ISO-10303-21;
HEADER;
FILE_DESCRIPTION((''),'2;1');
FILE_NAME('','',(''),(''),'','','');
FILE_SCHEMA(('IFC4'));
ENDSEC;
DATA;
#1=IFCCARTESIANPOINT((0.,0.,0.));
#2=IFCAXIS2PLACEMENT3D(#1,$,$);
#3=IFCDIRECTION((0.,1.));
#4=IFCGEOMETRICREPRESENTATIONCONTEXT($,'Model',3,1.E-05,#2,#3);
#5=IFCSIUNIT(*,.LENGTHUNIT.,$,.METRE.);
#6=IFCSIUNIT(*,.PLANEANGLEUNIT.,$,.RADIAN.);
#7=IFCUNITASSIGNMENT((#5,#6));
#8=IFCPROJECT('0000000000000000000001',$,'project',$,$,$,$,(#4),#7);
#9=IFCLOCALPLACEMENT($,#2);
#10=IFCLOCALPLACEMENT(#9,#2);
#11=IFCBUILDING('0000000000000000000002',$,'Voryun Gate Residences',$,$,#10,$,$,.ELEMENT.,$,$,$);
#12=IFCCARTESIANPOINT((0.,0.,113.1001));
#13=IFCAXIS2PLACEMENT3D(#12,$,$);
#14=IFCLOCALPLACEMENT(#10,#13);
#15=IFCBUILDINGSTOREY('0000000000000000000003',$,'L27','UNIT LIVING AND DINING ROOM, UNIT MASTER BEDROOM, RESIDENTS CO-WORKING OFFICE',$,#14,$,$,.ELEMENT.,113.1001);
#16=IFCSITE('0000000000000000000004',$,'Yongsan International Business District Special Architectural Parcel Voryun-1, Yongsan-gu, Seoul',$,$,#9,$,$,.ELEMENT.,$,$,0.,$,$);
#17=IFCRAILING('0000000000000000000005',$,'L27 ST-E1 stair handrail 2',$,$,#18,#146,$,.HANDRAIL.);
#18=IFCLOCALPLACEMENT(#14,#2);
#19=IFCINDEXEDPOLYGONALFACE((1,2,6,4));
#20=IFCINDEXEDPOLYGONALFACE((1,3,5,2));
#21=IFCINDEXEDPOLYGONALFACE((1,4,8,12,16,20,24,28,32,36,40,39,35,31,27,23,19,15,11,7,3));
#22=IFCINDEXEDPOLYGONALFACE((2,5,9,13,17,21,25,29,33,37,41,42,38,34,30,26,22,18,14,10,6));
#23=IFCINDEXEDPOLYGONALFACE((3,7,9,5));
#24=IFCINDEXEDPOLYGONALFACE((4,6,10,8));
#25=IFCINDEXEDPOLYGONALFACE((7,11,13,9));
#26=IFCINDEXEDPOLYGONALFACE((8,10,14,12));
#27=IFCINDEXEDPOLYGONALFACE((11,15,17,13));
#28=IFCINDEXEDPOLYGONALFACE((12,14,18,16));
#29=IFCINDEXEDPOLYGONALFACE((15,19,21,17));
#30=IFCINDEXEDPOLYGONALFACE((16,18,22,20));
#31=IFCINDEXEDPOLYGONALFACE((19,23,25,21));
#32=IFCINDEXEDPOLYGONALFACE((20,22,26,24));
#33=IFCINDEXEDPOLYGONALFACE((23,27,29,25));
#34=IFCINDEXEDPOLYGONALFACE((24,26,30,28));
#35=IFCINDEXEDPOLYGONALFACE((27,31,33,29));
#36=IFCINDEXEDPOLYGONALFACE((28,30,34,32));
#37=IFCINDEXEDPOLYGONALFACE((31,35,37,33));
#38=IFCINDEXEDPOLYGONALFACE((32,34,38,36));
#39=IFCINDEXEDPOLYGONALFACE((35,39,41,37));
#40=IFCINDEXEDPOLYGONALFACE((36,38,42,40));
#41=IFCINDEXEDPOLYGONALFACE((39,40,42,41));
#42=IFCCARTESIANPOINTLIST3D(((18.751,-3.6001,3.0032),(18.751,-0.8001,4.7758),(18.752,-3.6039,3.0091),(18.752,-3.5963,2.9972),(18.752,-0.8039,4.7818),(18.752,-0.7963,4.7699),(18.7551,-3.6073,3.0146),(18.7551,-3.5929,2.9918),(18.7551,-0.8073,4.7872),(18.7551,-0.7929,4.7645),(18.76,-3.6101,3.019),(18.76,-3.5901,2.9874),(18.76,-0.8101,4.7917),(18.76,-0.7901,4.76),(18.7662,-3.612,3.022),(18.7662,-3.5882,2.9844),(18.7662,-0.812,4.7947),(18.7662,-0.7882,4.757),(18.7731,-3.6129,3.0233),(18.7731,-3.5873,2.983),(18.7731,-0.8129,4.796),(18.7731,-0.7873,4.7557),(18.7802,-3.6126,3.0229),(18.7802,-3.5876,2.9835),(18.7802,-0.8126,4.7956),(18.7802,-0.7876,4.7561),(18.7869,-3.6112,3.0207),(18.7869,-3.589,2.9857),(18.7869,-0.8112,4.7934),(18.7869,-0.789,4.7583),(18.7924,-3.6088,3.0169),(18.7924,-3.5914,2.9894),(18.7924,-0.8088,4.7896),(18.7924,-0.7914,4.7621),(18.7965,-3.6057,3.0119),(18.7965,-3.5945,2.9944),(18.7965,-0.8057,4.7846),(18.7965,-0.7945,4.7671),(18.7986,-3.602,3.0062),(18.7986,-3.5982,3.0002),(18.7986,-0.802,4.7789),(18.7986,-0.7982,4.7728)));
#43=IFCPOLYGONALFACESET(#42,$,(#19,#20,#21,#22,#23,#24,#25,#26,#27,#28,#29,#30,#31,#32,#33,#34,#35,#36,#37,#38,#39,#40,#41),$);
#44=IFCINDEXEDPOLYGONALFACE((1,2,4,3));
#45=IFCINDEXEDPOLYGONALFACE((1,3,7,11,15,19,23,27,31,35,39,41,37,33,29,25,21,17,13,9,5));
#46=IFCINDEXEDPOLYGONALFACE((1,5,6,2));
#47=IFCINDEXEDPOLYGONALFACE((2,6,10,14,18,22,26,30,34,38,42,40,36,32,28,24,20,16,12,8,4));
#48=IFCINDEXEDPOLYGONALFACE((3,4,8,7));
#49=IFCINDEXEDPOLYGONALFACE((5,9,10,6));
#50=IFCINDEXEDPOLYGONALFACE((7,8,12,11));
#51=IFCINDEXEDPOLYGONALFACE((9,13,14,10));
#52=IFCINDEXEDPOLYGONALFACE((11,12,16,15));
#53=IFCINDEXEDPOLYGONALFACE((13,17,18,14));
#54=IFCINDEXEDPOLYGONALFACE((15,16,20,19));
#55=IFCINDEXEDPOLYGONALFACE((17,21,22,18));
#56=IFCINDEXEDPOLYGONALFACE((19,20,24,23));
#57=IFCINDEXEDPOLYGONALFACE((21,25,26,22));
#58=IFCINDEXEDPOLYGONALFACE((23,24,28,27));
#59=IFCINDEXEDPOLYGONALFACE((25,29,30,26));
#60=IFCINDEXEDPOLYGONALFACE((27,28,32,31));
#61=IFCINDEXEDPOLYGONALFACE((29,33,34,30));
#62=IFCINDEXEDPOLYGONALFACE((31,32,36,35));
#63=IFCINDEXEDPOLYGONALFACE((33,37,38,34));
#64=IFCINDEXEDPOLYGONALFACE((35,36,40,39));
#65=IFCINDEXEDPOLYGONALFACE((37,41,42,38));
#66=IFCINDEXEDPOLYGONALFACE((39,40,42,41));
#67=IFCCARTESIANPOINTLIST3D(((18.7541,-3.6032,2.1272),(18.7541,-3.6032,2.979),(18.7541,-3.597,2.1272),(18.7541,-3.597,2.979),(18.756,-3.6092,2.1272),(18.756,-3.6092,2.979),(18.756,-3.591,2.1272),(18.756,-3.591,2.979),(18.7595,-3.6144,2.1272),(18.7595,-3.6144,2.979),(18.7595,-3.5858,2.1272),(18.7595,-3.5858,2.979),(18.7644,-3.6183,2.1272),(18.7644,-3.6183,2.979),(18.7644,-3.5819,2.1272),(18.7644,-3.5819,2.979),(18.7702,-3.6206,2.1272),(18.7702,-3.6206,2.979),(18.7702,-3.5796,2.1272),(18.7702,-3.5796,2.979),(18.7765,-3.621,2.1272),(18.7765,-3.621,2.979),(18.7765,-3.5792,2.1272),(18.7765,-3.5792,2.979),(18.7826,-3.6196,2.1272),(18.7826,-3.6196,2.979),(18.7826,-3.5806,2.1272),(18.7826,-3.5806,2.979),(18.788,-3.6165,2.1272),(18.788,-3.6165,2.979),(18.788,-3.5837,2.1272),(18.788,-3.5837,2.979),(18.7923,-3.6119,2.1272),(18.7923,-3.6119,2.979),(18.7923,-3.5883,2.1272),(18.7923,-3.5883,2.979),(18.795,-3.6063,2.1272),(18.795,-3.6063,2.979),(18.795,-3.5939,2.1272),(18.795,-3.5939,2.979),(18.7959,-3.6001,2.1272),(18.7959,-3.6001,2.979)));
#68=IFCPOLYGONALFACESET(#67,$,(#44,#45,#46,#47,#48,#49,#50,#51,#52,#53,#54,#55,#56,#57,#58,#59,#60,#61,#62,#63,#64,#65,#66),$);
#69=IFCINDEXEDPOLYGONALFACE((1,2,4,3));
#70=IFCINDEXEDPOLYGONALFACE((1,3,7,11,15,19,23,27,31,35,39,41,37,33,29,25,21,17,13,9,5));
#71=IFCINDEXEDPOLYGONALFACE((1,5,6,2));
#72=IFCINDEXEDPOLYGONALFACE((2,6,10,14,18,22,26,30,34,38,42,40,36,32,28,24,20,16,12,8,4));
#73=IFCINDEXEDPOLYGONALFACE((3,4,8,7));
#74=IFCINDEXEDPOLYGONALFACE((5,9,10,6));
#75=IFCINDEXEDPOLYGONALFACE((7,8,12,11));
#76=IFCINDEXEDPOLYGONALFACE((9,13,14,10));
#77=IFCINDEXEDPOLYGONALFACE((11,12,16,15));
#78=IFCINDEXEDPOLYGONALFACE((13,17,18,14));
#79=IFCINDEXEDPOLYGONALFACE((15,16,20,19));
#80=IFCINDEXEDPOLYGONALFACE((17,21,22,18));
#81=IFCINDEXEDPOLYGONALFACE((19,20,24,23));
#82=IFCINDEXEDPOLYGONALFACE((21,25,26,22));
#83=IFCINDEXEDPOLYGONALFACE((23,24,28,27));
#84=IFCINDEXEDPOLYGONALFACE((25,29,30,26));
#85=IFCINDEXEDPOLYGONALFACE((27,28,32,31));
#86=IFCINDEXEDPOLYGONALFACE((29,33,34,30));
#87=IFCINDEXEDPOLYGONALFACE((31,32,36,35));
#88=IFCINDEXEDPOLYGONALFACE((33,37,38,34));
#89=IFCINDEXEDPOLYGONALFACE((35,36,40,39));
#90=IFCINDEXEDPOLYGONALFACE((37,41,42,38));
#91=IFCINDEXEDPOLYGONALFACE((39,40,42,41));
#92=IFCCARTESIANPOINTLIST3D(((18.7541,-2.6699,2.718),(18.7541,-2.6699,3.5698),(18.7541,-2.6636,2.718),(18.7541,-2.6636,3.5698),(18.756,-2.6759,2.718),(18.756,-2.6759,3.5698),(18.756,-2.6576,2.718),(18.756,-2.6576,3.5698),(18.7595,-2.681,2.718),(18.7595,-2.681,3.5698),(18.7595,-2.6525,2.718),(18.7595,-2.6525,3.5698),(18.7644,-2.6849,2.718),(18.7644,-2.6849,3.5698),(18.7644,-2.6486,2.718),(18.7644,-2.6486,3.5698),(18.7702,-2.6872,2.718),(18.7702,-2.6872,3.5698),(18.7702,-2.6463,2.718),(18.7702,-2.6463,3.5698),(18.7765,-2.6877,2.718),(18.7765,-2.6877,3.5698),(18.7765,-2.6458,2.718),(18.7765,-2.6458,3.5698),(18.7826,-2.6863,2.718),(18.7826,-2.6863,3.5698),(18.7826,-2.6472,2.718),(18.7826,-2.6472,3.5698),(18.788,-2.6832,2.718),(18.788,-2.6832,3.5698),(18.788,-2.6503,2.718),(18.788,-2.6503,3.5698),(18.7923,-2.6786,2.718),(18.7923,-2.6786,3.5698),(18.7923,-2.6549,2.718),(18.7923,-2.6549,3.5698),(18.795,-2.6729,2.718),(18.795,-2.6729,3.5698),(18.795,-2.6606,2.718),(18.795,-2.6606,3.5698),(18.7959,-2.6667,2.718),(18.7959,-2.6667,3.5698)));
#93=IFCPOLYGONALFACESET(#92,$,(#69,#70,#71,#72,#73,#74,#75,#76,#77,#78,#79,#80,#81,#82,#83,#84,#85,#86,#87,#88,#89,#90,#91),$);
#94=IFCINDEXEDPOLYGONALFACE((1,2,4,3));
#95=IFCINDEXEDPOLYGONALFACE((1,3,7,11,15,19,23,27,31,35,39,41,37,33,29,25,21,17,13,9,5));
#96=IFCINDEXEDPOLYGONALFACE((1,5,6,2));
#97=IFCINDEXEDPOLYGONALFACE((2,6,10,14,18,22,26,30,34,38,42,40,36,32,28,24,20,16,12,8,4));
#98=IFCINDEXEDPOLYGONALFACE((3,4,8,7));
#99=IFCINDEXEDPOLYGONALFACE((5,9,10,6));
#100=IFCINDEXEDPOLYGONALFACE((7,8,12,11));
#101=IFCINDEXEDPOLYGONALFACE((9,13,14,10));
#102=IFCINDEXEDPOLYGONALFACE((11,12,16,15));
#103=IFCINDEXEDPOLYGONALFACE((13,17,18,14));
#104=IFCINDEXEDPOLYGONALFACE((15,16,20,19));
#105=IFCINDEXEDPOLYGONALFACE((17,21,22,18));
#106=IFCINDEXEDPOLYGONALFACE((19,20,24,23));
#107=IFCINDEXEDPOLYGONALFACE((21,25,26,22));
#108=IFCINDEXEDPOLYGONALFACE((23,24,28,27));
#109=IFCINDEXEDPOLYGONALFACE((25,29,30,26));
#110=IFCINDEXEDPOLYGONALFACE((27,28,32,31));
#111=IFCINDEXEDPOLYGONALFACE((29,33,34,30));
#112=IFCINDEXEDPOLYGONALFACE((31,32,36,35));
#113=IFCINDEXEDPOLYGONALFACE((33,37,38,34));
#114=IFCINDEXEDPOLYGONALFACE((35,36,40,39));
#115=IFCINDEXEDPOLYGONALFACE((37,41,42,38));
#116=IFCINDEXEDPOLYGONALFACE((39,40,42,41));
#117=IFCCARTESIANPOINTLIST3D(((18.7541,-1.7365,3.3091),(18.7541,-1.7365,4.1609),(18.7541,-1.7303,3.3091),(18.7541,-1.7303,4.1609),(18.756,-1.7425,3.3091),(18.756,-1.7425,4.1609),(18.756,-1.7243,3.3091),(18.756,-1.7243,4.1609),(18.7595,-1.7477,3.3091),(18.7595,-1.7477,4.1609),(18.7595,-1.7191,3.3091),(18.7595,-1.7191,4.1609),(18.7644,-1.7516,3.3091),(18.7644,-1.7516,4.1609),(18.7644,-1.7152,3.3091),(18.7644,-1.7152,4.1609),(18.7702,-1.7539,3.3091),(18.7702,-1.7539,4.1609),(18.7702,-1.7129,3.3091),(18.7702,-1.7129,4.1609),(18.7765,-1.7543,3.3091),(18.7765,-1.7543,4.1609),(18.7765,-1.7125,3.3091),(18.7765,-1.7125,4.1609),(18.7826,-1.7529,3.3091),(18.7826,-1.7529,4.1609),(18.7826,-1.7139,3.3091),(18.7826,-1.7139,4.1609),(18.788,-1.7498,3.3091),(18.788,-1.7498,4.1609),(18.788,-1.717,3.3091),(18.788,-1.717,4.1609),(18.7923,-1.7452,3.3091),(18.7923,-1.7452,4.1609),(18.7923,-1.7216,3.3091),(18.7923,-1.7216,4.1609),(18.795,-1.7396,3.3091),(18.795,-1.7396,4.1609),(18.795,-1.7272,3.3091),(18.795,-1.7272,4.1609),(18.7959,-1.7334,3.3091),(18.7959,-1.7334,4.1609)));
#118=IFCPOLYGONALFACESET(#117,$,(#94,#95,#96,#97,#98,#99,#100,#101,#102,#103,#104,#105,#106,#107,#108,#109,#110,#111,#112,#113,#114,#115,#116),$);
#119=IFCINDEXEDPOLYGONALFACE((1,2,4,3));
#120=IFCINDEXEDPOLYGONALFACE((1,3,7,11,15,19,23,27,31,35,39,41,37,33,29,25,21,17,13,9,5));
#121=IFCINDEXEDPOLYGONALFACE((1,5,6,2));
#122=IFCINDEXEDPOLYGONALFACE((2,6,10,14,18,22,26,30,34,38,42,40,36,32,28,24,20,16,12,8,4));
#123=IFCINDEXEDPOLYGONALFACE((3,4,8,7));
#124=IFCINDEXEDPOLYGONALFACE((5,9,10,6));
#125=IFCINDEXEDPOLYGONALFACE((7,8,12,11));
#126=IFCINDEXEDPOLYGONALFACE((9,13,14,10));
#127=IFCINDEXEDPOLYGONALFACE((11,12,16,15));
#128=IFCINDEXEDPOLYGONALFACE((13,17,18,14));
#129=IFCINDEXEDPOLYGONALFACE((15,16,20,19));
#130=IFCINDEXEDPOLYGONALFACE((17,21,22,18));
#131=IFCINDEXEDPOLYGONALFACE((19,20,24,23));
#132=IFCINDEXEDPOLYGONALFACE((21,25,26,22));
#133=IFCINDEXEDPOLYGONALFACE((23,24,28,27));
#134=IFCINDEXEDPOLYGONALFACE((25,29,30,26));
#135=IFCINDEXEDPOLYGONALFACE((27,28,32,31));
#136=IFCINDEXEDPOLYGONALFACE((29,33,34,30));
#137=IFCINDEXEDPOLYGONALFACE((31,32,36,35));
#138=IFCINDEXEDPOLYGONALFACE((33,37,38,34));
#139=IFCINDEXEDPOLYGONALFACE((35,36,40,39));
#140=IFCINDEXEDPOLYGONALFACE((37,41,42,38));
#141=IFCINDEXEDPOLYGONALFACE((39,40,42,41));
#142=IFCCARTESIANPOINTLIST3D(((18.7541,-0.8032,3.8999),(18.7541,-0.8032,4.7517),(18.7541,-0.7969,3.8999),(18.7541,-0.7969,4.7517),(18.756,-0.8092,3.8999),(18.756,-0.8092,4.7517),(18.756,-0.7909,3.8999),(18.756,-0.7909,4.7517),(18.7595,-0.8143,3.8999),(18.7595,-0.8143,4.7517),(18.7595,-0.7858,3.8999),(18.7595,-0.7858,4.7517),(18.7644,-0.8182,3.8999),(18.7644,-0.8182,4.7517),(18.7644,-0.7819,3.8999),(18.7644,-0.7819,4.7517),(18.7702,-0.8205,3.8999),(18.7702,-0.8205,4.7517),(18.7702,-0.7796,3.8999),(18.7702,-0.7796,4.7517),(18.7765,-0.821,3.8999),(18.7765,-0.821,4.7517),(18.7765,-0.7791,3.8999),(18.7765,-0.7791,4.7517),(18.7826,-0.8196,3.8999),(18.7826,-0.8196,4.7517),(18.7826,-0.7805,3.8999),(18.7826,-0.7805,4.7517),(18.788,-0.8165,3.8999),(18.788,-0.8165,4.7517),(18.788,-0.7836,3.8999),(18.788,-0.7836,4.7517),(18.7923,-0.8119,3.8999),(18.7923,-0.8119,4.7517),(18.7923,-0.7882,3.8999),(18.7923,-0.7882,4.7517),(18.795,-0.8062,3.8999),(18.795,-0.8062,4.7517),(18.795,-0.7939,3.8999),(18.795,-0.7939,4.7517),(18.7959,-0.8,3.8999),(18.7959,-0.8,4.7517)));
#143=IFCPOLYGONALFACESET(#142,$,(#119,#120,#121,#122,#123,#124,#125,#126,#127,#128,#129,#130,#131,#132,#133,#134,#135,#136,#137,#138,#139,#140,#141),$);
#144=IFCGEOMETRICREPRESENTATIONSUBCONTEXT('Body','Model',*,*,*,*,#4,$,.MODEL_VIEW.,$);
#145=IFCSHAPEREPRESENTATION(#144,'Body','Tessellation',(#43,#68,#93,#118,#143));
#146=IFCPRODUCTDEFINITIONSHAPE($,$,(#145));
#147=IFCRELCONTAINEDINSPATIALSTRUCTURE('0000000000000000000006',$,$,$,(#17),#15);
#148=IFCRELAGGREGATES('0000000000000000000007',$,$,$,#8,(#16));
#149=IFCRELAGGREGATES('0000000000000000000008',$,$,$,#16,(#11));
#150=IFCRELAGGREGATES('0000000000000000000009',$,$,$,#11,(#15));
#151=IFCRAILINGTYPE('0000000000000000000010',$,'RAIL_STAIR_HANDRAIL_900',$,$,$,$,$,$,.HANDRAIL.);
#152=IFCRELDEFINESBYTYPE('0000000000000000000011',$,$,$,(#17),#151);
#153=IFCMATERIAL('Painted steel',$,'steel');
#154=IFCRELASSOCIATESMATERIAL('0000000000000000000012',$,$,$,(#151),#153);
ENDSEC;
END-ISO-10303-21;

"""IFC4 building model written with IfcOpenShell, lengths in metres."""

from ifc_helpers import new_model, si_unit, direction, frame, origin, origin_2d, place, context, subcontext, project, spatial, circle, extrude, material, type_object, element, save


model = new_model("IFC4")

# Units and contexts
model_context = context("Model", 3, precision=1e-05, world=origin(), true_north=direction((0.0, 1.0)))
body_context = subcontext(model_context, "Body", "Model", "MODEL_VIEW")
ifc_project = project(units=[si_unit("LENGTHUNIT", "METRE"), si_unit("PLANEANGLEUNIT", "RADIAN")], contexts=[model_context])

# Site, building, storey
site_placement = place(None, origin())
site = spatial("IfcSite", under=ifc_project, at=site_placement, Name="Yongsan International Business District Special Architectural Parcel Voryun-1, Yongsan-gu, Seoul", CompositionType="ELEMENT", RefElevation=0.0)
building_placement = place(site_placement, origin())
building = spatial("IfcBuilding", under=site, at=building_placement, Name="Voryun Gate Residences", CompositionType="ELEMENT")
storey_placement = place(building_placement, frame((0.0, 0.0, 113.1001)))
storey = spatial("IfcBuildingStorey", under=building, at=storey_placement, Name="L27", Description="UNIT LIVING AND DINING ROOM, UNIT MASTER BEDROOM, RESIDENTS CO-WORKING OFFICE", CompositionType="ELEMENT", Elevation=113.1001)

# Railing
ifc_material_1 = material(Name="Painted steel", Category="steel")
railing_type_1 = type_object("IfcRailingType", Name="RAIL_STAIR_HANDRAIL_900", PredefinedType="HANDRAIL", material=ifc_material_1)
railing_1_placement = place(storey_placement, frame((18.7749, -3.6001, 2.1272)))
element("IfcRailing", 1, at=railing_1_placement, inside=storey, type_object=railing_type_1, Name="L27 ST-E1 stair handrail 2", PredefinedType="HANDRAIL", context=body_context, shape_type="SweptSolid", body=[
    extrude(circle(Radius=0.0239, at=origin_2d()), frame((0.0, 0.0, 0.876), z_axis=(0.0, 0.844909, 0.53491), x_axis=(-1.0, 0.0, 0.0)), (0.0, 0.0, 1.0), 3.314),
    extrude(circle(Radius=0.021, at=origin_2d()), origin(), (0.0, 0.0, 1.0), 0.8518),
    extrude(circle(Radius=0.021, at=origin_2d()), frame((0.0, 0.9333, 0.5908)), (0.0, 0.0, 1.0), 0.8518),
    extrude(circle(Radius=0.021, at=origin_2d()), frame((0.0, 1.8667, 1.1819)), (0.0, 0.0, 1.0), 0.8518),
    extrude(circle(Radius=0.021, at=origin_2d()), frame((0.0, 2.8, 1.7727)), (0.0, 0.0, 1.0), 0.8518),
])

save(model, "model.ifc")
